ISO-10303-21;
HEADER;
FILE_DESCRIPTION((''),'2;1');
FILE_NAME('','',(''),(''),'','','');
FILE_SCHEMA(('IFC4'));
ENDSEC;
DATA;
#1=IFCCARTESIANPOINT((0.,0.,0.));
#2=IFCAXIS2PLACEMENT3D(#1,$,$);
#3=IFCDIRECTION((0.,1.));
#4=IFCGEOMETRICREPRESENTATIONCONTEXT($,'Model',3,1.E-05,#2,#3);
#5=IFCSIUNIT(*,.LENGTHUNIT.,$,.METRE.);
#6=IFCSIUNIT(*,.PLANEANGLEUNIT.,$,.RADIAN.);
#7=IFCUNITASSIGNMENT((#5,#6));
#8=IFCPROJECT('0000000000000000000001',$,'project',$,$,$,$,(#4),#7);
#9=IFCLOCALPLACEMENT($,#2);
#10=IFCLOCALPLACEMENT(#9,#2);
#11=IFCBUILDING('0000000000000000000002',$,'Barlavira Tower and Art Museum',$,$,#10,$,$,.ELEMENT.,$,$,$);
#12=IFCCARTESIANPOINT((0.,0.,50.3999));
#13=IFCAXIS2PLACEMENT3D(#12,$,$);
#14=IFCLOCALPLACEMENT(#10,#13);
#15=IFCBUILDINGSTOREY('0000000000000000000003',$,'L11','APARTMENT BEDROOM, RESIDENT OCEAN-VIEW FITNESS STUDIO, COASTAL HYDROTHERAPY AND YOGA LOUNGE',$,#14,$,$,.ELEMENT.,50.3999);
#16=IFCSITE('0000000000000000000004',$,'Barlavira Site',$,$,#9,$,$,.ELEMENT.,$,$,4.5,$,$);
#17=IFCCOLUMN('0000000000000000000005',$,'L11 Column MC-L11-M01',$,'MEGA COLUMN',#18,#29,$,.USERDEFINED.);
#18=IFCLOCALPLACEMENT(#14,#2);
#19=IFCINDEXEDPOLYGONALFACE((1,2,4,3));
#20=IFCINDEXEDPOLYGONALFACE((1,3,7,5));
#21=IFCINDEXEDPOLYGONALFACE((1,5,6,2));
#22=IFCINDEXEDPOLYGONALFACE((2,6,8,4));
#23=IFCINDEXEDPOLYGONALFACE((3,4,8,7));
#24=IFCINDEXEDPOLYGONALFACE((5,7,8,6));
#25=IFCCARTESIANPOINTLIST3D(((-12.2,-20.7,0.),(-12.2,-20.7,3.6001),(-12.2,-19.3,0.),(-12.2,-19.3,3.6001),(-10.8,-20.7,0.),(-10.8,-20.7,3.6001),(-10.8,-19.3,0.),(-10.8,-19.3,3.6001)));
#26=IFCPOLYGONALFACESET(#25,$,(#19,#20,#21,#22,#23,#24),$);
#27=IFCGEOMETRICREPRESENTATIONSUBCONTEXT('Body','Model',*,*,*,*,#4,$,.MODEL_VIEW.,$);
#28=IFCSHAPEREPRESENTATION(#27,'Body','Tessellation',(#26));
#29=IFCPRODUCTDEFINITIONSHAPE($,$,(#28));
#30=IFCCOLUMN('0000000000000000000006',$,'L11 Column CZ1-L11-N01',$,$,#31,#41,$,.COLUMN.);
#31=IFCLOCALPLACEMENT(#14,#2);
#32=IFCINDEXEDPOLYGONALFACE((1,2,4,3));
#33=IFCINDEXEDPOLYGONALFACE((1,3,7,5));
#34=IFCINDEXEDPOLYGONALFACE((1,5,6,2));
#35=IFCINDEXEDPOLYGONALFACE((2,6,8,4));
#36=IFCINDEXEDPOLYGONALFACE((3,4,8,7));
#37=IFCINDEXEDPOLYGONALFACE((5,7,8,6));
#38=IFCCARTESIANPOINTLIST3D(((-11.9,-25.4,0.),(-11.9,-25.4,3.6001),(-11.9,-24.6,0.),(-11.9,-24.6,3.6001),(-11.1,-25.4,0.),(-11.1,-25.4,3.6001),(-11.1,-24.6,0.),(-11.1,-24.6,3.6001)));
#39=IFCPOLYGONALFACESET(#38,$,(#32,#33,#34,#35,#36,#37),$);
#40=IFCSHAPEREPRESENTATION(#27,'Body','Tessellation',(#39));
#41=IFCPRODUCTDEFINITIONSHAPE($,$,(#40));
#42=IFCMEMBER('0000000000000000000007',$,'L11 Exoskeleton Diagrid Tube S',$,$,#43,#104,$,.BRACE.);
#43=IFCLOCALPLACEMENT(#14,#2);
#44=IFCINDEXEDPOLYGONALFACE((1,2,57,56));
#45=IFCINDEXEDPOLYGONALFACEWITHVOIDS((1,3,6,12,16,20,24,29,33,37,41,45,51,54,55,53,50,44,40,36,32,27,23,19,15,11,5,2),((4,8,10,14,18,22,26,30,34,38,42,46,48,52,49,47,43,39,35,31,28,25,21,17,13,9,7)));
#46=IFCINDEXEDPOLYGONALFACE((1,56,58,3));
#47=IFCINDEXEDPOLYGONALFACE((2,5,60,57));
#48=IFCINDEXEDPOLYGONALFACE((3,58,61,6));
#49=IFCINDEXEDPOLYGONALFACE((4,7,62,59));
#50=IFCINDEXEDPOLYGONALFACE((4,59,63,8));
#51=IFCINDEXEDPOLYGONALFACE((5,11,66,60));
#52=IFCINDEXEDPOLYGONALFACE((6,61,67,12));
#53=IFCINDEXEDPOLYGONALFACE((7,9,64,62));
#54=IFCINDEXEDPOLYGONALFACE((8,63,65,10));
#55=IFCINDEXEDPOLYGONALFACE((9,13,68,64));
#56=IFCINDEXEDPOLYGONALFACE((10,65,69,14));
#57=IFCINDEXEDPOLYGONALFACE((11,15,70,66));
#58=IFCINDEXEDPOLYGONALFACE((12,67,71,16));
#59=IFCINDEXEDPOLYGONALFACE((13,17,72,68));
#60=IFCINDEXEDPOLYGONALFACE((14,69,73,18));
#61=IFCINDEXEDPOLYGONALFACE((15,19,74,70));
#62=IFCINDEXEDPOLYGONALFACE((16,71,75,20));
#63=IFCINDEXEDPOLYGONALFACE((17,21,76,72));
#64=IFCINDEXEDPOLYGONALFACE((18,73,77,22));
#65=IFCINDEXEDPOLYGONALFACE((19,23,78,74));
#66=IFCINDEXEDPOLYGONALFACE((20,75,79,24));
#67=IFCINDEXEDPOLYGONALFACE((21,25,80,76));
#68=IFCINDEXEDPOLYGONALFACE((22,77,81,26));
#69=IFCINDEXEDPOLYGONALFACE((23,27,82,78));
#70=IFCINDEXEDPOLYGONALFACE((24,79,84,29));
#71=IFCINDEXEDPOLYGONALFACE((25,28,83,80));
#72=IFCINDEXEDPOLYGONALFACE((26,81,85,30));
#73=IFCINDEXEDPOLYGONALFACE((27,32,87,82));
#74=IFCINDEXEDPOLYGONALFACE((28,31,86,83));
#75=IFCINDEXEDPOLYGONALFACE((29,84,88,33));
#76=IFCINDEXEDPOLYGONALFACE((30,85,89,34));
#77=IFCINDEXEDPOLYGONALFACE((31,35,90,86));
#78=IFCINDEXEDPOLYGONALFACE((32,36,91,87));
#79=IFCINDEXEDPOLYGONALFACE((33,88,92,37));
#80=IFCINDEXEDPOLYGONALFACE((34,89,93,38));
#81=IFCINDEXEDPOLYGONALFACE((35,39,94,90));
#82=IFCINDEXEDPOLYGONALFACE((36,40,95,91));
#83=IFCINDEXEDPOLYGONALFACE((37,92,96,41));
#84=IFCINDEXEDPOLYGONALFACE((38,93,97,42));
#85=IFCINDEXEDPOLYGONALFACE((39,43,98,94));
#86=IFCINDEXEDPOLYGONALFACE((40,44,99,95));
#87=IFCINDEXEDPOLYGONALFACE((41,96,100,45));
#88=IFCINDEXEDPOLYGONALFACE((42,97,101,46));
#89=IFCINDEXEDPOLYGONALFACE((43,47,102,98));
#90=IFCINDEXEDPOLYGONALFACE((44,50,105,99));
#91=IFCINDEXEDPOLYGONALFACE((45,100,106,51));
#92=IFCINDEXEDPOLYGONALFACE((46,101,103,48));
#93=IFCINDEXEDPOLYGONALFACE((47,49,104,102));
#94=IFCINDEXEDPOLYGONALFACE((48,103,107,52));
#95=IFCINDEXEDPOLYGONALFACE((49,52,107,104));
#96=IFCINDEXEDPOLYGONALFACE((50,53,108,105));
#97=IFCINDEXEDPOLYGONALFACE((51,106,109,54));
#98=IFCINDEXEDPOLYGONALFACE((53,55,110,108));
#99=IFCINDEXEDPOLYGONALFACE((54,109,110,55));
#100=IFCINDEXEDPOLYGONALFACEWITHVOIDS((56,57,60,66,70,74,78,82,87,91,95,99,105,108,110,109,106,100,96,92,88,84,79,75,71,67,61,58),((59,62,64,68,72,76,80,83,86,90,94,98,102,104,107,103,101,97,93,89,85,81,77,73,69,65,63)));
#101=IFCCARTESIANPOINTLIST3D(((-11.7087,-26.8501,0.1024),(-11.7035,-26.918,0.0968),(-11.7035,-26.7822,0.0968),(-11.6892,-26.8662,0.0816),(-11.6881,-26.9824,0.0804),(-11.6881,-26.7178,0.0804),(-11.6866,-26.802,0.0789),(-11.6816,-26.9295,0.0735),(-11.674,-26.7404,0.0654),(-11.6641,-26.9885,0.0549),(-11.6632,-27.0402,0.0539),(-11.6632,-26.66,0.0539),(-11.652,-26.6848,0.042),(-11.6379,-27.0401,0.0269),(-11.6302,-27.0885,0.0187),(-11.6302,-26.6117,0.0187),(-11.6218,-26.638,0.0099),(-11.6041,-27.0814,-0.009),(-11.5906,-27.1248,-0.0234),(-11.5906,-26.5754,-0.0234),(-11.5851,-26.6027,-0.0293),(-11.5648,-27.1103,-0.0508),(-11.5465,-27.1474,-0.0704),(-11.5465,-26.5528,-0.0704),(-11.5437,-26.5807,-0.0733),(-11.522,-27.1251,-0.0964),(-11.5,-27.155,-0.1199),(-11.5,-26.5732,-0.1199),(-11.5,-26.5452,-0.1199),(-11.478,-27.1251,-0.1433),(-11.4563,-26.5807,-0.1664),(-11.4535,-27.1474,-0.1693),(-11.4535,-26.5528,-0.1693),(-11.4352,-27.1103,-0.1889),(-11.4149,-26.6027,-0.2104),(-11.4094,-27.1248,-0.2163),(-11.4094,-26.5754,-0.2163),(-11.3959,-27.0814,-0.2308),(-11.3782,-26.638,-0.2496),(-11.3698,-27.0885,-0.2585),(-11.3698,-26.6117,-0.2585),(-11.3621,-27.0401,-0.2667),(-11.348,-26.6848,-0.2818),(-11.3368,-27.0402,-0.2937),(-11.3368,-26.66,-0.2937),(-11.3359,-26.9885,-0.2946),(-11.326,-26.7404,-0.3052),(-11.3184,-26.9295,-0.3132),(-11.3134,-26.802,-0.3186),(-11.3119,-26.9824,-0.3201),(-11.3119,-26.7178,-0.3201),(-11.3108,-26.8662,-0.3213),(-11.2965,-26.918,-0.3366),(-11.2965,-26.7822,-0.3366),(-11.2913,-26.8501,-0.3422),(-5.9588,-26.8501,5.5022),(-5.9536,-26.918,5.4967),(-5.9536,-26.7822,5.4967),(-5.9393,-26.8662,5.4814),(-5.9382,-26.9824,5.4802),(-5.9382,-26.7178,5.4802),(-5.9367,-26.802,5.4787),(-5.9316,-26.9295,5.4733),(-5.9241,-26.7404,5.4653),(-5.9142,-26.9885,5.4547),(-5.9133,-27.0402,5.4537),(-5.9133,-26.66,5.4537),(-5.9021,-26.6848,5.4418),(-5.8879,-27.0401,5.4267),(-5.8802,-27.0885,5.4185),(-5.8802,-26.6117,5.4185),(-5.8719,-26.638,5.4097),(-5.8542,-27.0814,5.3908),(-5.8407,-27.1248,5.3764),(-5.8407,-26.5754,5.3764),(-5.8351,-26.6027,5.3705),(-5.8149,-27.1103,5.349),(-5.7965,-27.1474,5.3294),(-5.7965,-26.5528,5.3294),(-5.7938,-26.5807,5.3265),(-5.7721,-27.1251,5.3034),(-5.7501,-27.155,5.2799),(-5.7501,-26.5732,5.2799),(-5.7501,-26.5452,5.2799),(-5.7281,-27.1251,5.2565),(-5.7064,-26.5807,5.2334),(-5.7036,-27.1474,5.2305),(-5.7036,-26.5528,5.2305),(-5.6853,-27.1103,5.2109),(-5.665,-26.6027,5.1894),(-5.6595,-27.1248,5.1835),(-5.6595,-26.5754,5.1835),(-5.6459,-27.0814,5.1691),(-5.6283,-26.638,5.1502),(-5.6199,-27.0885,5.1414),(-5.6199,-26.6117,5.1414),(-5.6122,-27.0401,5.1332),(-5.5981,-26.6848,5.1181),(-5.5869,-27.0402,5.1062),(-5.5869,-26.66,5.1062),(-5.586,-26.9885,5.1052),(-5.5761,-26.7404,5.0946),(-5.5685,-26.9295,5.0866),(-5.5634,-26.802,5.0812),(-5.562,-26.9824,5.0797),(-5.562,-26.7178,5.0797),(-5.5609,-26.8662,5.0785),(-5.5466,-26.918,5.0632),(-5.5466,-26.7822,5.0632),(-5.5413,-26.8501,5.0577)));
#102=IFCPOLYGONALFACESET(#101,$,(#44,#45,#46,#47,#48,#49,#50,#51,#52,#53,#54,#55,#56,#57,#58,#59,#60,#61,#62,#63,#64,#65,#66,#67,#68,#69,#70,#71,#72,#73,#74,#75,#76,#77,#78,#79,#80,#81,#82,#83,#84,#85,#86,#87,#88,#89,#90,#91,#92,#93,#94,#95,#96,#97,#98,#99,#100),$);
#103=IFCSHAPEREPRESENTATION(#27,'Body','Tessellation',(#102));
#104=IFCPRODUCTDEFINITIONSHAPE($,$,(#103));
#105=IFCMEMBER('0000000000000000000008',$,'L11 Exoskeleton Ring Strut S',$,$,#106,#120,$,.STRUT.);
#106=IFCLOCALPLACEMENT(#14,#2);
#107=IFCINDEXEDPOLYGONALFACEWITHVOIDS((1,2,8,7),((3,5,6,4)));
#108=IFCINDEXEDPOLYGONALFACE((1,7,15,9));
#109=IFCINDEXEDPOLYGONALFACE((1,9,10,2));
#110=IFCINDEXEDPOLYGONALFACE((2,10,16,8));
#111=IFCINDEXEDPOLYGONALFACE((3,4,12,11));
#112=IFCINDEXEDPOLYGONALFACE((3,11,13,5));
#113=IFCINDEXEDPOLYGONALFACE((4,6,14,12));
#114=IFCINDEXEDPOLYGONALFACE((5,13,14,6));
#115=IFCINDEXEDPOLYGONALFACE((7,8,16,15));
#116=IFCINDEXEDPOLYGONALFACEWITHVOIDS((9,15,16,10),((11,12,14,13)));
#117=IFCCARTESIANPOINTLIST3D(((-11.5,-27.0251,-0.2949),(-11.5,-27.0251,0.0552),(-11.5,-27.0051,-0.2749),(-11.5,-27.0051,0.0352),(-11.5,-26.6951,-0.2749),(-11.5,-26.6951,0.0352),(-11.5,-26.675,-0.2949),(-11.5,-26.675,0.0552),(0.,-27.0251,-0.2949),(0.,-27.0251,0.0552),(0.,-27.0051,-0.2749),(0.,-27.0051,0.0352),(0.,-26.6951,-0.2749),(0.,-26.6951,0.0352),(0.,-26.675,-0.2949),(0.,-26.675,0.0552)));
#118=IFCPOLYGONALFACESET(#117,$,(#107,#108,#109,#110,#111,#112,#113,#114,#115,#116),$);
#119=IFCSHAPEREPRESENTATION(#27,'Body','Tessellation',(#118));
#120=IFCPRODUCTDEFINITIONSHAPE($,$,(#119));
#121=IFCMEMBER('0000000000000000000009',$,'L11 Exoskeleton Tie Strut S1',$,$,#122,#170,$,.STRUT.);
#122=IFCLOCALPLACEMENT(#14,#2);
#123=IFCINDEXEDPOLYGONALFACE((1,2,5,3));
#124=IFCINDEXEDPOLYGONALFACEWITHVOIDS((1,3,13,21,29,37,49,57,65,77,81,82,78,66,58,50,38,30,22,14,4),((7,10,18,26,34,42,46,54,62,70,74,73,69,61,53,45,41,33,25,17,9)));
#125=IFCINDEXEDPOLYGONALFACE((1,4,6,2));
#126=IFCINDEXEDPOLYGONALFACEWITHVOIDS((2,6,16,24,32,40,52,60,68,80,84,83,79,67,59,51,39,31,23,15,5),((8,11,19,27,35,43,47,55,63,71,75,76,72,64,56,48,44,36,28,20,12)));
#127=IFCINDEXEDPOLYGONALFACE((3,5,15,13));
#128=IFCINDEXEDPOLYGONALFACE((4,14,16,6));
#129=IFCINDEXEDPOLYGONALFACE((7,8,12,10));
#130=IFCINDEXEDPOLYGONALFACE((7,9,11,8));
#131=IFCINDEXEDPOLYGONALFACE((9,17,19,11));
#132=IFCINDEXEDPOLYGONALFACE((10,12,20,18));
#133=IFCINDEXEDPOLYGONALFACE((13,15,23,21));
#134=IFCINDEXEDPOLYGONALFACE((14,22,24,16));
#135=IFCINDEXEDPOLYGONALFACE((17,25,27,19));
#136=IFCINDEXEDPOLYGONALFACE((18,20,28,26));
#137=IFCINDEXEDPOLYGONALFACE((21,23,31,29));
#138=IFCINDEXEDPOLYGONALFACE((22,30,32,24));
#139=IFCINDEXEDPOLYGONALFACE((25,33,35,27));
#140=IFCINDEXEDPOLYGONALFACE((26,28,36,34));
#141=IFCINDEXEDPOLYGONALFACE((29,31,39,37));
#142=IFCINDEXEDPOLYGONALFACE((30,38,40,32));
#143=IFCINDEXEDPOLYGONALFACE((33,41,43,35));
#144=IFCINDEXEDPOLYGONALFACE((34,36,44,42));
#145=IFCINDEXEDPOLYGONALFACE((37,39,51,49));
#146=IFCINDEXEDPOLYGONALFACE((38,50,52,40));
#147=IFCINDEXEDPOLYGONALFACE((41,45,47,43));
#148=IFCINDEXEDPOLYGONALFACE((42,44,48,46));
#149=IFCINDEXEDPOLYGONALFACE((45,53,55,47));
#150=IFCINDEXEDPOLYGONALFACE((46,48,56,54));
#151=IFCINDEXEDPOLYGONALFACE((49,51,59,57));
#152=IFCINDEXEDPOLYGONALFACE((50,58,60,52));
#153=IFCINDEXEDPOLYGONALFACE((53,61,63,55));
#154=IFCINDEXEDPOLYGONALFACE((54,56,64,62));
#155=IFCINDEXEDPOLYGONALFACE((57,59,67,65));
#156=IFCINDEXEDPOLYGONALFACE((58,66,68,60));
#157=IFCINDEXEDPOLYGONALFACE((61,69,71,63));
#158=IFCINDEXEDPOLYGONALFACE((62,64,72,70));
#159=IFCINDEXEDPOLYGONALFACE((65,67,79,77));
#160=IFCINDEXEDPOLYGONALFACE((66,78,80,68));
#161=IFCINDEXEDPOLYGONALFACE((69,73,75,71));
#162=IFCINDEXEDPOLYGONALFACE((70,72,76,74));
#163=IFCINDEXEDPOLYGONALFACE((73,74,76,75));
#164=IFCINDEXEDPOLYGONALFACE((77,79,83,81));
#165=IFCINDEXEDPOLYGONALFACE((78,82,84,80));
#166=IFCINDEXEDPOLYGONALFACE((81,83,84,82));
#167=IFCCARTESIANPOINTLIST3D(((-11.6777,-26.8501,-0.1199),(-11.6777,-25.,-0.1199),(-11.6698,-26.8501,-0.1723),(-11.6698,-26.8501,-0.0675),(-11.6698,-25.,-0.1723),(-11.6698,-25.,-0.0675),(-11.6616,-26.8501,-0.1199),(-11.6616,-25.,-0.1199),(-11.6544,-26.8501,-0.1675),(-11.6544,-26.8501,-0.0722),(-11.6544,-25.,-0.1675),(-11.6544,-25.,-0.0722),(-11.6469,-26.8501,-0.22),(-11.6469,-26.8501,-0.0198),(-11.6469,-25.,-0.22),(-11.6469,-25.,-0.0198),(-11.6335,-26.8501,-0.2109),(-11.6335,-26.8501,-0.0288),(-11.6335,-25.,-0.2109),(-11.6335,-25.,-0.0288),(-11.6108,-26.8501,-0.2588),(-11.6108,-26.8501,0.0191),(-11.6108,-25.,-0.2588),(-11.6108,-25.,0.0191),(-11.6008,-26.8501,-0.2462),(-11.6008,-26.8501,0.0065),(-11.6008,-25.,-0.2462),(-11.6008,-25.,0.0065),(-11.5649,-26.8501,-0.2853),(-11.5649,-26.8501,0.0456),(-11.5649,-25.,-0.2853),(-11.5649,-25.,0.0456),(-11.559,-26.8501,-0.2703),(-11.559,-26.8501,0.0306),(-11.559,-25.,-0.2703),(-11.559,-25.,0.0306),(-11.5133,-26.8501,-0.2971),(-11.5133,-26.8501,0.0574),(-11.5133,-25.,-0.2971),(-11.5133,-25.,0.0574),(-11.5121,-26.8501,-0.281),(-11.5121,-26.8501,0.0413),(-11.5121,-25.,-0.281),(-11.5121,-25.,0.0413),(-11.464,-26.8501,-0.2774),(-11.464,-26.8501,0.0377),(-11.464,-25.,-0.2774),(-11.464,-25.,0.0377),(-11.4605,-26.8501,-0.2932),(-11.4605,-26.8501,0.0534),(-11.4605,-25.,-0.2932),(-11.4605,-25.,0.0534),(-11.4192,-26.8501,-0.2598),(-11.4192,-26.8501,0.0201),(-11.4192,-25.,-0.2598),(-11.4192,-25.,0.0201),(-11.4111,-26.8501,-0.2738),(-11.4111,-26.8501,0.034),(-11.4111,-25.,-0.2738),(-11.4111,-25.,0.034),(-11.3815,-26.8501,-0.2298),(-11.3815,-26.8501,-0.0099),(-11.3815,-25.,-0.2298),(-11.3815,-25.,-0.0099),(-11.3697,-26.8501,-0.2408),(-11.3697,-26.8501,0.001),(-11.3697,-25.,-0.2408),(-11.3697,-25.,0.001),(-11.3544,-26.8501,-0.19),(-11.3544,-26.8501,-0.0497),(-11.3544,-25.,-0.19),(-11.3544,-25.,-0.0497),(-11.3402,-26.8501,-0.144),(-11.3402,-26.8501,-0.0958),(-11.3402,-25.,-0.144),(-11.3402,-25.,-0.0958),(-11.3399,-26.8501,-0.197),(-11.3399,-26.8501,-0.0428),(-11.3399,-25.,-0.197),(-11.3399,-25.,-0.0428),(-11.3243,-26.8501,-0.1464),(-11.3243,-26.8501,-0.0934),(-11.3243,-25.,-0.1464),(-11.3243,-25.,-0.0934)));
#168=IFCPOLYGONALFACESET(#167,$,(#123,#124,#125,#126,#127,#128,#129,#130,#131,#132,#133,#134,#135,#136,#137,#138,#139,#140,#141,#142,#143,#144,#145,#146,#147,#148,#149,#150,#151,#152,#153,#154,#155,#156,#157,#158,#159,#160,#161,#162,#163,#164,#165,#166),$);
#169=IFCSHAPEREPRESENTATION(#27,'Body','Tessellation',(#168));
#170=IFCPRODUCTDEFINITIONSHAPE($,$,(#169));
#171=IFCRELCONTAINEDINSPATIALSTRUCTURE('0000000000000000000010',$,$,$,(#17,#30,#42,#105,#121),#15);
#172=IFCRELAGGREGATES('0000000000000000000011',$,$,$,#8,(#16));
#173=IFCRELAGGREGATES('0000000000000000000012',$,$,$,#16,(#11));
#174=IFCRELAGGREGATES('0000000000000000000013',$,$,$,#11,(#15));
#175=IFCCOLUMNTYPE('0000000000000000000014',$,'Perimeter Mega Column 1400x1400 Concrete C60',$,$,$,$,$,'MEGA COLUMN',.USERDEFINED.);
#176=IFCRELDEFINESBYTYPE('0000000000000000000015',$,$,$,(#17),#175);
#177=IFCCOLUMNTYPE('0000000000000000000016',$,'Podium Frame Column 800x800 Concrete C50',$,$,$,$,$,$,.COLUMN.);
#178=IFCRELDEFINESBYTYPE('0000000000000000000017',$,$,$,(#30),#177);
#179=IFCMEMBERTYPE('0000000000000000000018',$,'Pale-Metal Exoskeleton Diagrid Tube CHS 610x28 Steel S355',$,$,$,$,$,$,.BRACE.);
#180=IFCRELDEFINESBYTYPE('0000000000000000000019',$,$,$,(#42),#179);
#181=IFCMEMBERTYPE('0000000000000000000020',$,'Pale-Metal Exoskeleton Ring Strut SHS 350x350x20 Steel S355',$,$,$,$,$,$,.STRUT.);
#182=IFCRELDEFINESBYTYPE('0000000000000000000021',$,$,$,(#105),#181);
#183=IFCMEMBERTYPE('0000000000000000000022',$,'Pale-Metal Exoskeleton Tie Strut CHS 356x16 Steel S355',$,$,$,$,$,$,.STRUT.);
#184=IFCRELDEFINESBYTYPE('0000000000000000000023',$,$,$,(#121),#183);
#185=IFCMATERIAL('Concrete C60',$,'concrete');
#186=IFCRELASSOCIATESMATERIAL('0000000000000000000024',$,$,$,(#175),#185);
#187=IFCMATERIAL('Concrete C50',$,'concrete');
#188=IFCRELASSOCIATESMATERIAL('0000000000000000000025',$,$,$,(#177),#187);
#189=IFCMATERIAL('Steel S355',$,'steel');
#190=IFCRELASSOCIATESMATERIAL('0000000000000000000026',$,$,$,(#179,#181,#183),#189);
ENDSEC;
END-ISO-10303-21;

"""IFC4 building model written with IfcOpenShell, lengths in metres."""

from ifc_helpers import new_model, si_unit, direction, frame, origin, origin_2d, place, context, subcontext, project, spatial, rectangle, hollow_rectangle, hollow_circle, extrude, material, material_profile, profile_set, type_object, element, save


model = new_model("IFC4")

# Units and contexts
model_context = context("Model", 3, precision=1e-05, world=origin(), true_north=direction((0.0, 1.0)))
body_context = subcontext(model_context, "Body", "Model", "MODEL_VIEW")
ifc_project = project(units=[si_unit("LENGTHUNIT", "METRE"), si_unit("PLANEANGLEUNIT", "RADIAN")], contexts=[model_context])

# Site, building, storey
site_placement = place(None, origin())
site = spatial("IfcSite", under=ifc_project, at=site_placement, Name="Barlavira Site", CompositionType="ELEMENT", RefElevation=4.5)
building_placement = place(site_placement, origin())
building = spatial("IfcBuilding", under=site, at=building_placement, Name="Barlavira Tower and Art Museum", CompositionType="ELEMENT")
storey_placement = place(building_placement, frame((0.0, 0.0, 50.3999)))
storey = spatial("IfcBuildingStorey", under=building, at=storey_placement, Name="L11", Description="APARTMENT BEDROOM, RESIDENT OCEAN-VIEW FITNESS STUDIO, COASTAL HYDROTHERAPY AND YOGA LOUNGE", CompositionType="ELEMENT", Elevation=50.3999)

# Columns
ifc_material_1 = material(Name="Concrete C60", Category="concrete")
ifc_material_profile_1 = material_profile(ifc_material_1, rectangle(XDim=1.3999, YDim=1.3999, at=origin_2d()), Name="RC-MCOL 1400x1400")
ifc_profile_set_1 = profile_set([ifc_material_profile_1], Name="Concrete C60")
column_type_1 = type_object("IfcColumnType", Name="Perimeter Mega Column 1400x1400 Concrete C60", ElementType="MEGA COLUMN", PredefinedType="USERDEFINED", material=ifc_profile_set_1)
column_1_placement = place(storey_placement, frame((-11.5, -20.0, 0.0), z_axis=(0.0, 0.0, 1.0), x_axis=(1.0, 0.0, 0.0)))
element("IfcColumn", 1, at=column_1_placement, inside=storey, type_object=column_type_1, Name="L11 Column MC-L11-M01", ObjectType="MEGA COLUMN", PredefinedType="USERDEFINED", context=body_context, shape_type="SweptSolid", body=[
    extrude(rectangle(XDim=1.3999, YDim=1.3999, at=origin_2d()), origin(), (0.0, 0.0, 1.0), 3.6001),
])
ifc_material_2 = material(Name="Concrete C50", Category="concrete")
ifc_material_profile_2 = material_profile(ifc_material_2, rectangle(XDim=0.8, YDim=0.8, at=origin_2d()), Name="RC-COL 800x800")
ifc_profile_set_2 = profile_set([ifc_material_profile_2], Name="Concrete C50")
column_type_2 = type_object("IfcColumnType", Name="Podium Frame Column 800x800 Concrete C50", PredefinedType="COLUMN", material=ifc_profile_set_2)
column_2_placement = place(storey_placement, frame((-11.5, -25.0, 0.0), z_axis=(0.0, 0.0, 1.0), x_axis=(1.0, 0.0, 0.0)))
element("IfcColumn", 2, at=column_2_placement, inside=storey, type_object=column_type_2, Name="L11 Column CZ1-L11-N01", PredefinedType="COLUMN", context=body_context, shape_type="SweptSolid", body=[
    extrude(rectangle(XDim=0.8, YDim=0.8, at=origin_2d()), origin(), (0.0, 0.0, 1.0), 3.6001),
])

# Members
ifc_material_3 = material(Name="Steel S355", Category="steel")
ifc_material_profile_3 = material_profile(ifc_material_3, hollow_circle(Radius=0.3049, WallThickness=0.0281, at=origin_2d()), Name="CHS 610.0x28.0")
ifc_profile_set_3 = profile_set([ifc_material_profile_3], Name="Steel S355")
member_type_1 = type_object("IfcMemberType", Name="Pale-Metal Exoskeleton Diagrid Tube CHS 610x28 Steel S355", PredefinedType="BRACE", material=ifc_profile_set_3)
member_1_placement = place(storey_placement, frame((-11.5, -26.8501, -0.1199), z_axis=(0.72895, 0.0, 0.684567), x_axis=(0.0, 1.0, 0.0)))
element("IfcMember", 3, at=member_1_placement, inside=storey, type_object=member_type_1, Name="L11 Exoskeleton Diagrid Tube S", PredefinedType="BRACE", context=body_context, shape_type="SweptSolid", body=[
    extrude(hollow_circle(Radius=0.3049, WallThickness=0.0281, at=origin_2d()), origin(), (0.0, 0.0, 1.0), 7.8879),
])
ifc_material_profile_4 = material_profile(ifc_material_3, hollow_rectangle(XDim=0.3501, YDim=0.3501, WallThickness=0.02, at=origin_2d()), Name="SHS 350x350x20.0")
ifc_profile_set_4 = profile_set([ifc_material_profile_4], Name="Steel S355")
member_type_2 = type_object("IfcMemberType", Name="Pale-Metal Exoskeleton Ring Strut SHS 350x350x20 Steel S355", PredefinedType="STRUT", material=ifc_profile_set_4)
member_2_placement = place(storey_placement, frame((-11.5, -26.8501, -0.1199), z_axis=(1.0, 0.0, 0.0), x_axis=(0.0, 1.0, 0.0)))
element("IfcMember", 4, at=member_2_placement, inside=storey, type_object=member_type_2, Name="L11 Exoskeleton Ring Strut S", PredefinedType="STRUT", context=body_context, shape_type="SweptSolid", body=[
    extrude(hollow_rectangle(XDim=0.3501, YDim=0.3501, WallThickness=0.02, at=origin_2d()), origin(), (0.0, 0.0, 1.0), 11.5),
])
ifc_material_profile_5 = material_profile(ifc_material_3, hollow_circle(Radius=0.1777, WallThickness=0.0161, at=origin_2d()), Name="CHS 355.6x16.0")
ifc_profile_set_5 = profile_set([ifc_material_profile_5], Name="Steel S355")
member_type_3 = type_object("IfcMemberType", Name="Pale-Metal Exoskeleton Tie Strut CHS 356x16 Steel S355", PredefinedType="STRUT", material=ifc_profile_set_5)
member_3_placement = place(storey_placement, frame((-11.5, -26.8501, -0.1199), z_axis=(0.0, 1.0, 0.0), x_axis=(-1.0, 0.0, 0.0)))
element("IfcMember", 5, at=member_3_placement, inside=storey, type_object=member_type_3, Name="L11 Exoskeleton Tie Strut S1", PredefinedType="STRUT", context=body_context, shape_type="SweptSolid", body=[
    extrude(hollow_circle(Radius=0.1777, WallThickness=0.0161, at=origin_2d()), origin(), (0.0, 0.0, 1.0), 1.8501),
])

save(model, "model.ifc")
